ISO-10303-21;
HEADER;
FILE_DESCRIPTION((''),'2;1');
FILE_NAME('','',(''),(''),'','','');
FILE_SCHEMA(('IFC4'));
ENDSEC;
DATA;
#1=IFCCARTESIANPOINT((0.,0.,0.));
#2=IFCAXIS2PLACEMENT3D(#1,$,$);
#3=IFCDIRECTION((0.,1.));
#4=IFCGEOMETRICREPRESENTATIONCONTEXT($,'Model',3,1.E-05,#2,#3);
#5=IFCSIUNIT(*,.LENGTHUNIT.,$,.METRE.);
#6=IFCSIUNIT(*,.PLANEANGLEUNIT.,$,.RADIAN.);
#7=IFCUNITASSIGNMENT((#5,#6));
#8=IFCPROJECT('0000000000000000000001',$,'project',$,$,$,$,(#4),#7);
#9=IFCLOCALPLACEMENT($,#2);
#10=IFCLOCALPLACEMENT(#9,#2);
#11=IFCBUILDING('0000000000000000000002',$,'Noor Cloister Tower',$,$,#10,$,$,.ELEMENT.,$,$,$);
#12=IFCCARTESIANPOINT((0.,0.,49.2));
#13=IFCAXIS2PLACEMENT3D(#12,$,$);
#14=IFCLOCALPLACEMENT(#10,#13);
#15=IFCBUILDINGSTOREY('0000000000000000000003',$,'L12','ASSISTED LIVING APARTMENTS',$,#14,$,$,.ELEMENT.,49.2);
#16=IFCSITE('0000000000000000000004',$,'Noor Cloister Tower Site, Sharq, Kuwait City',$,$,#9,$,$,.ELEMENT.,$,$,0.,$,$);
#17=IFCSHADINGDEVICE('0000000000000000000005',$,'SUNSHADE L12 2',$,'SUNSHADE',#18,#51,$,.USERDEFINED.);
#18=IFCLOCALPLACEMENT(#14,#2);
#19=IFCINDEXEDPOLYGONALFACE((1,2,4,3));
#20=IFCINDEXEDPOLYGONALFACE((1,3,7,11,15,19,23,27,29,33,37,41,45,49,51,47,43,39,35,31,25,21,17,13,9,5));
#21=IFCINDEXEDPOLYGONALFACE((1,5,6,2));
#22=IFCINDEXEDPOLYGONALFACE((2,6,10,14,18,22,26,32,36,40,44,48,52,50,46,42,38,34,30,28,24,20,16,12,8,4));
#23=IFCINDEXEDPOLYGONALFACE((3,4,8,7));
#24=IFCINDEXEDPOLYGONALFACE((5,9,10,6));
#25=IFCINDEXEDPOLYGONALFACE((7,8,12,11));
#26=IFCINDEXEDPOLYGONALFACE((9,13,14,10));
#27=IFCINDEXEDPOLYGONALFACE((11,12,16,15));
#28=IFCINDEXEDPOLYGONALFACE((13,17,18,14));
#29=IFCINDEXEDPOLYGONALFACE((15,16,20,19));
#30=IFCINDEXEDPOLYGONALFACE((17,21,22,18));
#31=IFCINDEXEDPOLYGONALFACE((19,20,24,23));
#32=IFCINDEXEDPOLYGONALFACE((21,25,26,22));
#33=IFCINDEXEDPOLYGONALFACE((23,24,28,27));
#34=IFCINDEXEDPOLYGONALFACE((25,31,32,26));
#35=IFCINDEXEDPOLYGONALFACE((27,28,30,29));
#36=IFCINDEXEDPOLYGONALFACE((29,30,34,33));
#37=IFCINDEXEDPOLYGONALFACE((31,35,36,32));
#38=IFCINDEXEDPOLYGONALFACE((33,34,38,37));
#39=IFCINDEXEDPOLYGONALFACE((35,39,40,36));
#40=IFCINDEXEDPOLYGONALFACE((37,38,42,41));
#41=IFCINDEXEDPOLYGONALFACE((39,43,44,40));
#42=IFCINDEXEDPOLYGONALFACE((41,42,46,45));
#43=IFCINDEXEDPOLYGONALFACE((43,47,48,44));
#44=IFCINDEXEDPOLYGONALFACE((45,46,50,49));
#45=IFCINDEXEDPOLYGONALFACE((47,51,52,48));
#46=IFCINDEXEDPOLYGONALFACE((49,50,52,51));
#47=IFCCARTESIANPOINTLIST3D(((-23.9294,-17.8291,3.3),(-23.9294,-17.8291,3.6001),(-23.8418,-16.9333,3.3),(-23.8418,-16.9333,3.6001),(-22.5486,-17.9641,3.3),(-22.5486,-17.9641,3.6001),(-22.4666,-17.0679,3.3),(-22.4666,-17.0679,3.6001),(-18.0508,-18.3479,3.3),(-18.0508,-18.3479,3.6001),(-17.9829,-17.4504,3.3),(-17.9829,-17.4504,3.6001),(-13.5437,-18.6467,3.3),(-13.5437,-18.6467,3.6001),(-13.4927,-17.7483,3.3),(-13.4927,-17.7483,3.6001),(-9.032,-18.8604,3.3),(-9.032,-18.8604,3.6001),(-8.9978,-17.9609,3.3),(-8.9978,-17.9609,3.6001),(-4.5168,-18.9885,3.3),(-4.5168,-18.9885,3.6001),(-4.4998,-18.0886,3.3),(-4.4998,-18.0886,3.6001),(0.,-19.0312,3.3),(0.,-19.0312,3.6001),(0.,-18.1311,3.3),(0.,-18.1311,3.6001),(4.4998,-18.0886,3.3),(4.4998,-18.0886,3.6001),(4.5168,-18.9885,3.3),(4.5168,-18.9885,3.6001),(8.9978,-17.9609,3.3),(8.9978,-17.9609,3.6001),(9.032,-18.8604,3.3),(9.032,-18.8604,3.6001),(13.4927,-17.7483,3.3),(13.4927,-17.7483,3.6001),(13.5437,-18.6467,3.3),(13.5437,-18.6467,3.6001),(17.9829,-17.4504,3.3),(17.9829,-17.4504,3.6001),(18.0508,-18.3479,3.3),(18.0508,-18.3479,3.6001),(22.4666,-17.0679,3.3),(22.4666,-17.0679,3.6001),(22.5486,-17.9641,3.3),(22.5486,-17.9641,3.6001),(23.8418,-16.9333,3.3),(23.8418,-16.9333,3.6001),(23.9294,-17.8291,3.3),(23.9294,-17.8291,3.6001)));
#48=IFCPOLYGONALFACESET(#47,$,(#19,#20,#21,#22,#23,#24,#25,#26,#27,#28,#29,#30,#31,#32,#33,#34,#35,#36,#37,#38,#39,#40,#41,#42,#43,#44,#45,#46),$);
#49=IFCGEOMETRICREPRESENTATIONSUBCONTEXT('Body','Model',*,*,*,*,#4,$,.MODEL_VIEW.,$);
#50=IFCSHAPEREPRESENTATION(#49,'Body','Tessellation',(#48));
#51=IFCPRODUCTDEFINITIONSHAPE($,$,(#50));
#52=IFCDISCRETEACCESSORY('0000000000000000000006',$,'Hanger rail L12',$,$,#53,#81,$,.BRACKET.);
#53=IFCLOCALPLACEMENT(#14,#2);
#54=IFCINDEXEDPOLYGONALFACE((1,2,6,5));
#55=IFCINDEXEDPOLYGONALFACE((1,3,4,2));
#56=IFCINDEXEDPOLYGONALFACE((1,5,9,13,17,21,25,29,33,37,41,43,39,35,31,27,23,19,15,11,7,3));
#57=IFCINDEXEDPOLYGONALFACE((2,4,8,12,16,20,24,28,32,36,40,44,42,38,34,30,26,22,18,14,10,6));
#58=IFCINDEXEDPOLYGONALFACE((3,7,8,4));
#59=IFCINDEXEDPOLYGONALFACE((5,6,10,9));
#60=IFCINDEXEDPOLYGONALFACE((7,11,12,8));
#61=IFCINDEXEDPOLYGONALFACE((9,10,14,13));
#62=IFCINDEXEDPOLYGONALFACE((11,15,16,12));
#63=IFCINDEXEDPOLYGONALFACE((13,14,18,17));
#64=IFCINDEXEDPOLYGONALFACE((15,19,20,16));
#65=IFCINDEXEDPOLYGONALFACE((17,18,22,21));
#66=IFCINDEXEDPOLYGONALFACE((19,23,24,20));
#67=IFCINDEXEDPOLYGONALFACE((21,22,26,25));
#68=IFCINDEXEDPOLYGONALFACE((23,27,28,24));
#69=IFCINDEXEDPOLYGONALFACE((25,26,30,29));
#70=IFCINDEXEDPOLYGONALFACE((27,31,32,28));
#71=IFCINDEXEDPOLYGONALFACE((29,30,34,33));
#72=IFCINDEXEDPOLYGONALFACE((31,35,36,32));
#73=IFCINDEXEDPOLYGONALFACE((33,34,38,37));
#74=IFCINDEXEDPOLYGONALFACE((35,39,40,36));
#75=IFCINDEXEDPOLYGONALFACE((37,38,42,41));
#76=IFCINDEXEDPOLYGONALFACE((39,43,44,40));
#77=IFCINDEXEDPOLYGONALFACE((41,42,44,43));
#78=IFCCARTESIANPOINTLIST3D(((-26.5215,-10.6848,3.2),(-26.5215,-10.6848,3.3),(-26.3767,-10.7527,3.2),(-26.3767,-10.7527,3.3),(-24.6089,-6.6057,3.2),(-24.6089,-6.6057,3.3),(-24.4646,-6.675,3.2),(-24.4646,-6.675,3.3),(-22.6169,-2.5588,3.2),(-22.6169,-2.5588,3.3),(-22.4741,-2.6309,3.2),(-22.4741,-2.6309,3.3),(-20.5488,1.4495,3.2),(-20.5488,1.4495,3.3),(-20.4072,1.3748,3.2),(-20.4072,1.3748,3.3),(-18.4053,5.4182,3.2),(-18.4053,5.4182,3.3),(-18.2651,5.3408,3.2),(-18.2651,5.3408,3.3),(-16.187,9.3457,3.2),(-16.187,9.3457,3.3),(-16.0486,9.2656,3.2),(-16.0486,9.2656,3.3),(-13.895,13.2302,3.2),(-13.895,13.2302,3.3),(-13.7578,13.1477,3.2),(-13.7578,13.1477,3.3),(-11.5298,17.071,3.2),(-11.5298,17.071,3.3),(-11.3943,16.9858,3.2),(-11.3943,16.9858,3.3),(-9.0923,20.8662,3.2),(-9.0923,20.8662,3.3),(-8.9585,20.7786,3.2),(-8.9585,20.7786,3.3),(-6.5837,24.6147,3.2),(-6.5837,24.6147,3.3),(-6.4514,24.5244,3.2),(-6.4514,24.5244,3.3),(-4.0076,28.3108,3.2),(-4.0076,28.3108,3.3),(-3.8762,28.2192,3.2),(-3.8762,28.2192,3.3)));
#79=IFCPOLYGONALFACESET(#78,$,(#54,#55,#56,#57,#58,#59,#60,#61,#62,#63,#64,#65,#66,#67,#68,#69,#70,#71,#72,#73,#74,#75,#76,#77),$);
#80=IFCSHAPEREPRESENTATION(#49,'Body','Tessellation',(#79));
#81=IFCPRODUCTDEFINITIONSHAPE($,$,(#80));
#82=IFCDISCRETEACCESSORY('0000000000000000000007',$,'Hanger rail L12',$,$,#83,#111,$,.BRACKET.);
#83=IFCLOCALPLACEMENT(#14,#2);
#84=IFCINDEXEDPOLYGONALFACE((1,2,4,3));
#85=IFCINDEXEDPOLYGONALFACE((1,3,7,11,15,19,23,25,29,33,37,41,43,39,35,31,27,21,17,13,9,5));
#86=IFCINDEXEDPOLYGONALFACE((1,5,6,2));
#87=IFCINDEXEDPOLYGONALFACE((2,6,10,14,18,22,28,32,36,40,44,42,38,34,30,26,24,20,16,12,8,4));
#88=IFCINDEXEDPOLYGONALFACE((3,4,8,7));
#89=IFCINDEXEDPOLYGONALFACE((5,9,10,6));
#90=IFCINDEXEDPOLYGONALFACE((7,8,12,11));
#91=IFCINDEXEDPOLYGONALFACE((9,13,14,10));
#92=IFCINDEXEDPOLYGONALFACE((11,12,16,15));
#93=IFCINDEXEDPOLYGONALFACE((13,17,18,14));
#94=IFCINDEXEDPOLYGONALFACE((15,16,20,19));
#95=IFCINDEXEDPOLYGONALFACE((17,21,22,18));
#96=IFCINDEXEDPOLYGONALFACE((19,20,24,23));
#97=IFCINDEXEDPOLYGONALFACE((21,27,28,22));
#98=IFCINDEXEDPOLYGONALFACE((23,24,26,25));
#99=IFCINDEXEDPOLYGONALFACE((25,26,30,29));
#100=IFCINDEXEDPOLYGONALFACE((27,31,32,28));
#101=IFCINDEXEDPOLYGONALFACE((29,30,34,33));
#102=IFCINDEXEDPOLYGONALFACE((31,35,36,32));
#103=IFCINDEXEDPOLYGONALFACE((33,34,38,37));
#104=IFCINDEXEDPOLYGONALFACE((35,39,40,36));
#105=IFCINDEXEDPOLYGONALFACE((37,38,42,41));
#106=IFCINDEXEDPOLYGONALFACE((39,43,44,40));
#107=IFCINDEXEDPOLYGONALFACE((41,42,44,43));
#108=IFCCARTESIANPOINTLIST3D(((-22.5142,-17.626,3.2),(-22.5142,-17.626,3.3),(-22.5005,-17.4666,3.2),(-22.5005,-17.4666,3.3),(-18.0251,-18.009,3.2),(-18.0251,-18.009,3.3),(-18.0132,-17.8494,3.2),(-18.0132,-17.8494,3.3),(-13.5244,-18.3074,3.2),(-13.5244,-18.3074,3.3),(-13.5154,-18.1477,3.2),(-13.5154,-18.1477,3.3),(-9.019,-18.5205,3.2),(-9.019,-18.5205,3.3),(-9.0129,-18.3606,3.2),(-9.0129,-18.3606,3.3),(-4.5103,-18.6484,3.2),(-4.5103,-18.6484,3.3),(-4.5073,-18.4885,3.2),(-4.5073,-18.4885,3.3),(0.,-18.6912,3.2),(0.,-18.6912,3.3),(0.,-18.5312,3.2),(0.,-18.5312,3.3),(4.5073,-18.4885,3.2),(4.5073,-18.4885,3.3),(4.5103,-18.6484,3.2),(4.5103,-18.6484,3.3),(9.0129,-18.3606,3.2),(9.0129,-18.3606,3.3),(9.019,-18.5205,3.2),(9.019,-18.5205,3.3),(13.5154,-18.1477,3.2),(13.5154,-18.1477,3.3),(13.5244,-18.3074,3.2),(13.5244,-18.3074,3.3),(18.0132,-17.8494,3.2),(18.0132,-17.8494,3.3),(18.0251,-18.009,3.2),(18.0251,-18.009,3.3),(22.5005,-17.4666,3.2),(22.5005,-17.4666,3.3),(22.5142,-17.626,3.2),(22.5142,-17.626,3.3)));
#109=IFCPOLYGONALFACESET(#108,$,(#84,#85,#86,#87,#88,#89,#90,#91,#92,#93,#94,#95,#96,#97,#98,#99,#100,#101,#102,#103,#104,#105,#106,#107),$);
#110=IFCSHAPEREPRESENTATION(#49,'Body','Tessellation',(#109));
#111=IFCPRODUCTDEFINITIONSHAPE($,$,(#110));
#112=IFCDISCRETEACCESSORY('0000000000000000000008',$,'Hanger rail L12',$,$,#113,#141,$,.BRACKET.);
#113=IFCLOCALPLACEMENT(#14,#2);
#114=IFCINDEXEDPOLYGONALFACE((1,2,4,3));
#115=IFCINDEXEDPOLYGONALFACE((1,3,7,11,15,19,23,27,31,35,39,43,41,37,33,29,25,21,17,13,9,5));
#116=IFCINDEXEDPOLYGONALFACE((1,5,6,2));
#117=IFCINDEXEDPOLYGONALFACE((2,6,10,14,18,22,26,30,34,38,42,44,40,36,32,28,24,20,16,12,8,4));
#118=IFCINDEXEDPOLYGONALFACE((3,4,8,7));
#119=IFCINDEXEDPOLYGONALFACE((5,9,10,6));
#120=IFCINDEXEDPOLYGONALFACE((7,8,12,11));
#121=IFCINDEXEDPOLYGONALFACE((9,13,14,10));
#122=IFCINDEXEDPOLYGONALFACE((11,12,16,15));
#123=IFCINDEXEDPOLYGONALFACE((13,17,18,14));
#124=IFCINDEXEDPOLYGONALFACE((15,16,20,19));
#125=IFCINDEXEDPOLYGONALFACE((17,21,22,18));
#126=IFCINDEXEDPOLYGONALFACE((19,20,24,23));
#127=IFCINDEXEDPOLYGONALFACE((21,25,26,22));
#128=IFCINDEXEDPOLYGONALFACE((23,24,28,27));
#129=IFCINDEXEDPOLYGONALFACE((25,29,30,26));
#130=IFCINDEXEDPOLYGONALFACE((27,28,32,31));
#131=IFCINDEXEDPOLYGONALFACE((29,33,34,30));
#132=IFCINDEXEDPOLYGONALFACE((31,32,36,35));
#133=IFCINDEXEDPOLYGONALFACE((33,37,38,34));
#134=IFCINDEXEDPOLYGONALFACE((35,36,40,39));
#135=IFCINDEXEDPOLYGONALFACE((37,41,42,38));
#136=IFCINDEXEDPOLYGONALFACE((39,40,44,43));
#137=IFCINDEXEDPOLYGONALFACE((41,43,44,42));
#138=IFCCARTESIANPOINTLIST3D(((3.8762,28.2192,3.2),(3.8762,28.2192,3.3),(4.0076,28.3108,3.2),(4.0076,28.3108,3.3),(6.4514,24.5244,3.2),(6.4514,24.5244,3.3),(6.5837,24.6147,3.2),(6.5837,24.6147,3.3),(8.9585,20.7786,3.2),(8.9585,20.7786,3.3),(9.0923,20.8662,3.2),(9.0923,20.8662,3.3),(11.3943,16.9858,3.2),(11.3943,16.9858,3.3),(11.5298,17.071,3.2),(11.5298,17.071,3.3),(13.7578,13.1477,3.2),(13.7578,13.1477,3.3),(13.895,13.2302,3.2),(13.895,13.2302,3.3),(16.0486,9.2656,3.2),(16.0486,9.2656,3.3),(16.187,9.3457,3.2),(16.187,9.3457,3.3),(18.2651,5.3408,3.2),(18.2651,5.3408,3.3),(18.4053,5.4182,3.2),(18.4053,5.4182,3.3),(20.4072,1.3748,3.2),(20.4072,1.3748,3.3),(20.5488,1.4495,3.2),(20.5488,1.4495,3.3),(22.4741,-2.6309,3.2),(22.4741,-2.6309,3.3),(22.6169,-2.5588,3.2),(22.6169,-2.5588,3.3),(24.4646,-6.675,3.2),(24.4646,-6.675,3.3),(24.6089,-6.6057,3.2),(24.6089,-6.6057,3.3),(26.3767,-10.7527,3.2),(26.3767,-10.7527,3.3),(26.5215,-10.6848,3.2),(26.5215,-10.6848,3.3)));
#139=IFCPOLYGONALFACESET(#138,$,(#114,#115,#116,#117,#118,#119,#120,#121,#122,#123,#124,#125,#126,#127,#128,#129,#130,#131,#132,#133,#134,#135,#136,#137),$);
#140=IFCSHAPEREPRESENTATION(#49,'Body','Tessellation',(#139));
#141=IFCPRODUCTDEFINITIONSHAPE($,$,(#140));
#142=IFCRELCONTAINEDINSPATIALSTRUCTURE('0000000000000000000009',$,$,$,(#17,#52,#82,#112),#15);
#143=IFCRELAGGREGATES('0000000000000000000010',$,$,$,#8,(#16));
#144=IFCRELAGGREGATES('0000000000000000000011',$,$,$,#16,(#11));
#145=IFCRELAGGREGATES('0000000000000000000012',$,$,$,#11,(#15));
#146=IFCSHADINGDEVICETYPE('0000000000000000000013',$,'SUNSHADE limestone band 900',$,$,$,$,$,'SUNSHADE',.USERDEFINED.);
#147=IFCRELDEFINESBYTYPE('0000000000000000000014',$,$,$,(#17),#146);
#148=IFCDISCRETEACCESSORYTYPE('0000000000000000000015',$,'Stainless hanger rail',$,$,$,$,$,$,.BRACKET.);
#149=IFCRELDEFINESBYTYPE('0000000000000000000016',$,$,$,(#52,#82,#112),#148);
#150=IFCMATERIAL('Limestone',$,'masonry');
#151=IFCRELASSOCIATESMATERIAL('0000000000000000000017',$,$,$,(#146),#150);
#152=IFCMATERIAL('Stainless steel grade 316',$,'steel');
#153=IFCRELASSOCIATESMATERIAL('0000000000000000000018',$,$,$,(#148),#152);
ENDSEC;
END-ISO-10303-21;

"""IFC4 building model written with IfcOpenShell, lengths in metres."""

from ifc_helpers import new_model, si_unit, direction, frame, origin, place, context, subcontext, project, spatial, polyline, outline, extrude, material, type_object, element, save


model = new_model("IFC4")

# Units and contexts
model_context = context("Model", 3, precision=1e-05, world=origin(), true_north=direction((0.0, 1.0)))
body_context = subcontext(model_context, "Body", "Model", "MODEL_VIEW")
ifc_project = project(units=[si_unit("LENGTHUNIT", "METRE"), si_unit("PLANEANGLEUNIT", "RADIAN")], contexts=[model_context])

# Site, building, storey
site_placement = place(None, origin())
site = spatial("IfcSite", under=ifc_project, at=site_placement, Name="Noor Cloister Tower Site, Sharq, Kuwait City", CompositionType="ELEMENT", RefElevation=0.0)
building_placement = place(site_placement, origin())
building = spatial("IfcBuilding", under=site, at=building_placement, Name="Noor Cloister Tower", CompositionType="ELEMENT")
storey_placement = place(building_placement, frame((0.0, 0.0, 49.2)))
storey = spatial("IfcBuildingStorey", under=building, at=storey_placement, Name="L12", Description="ASSISTED LIVING APARTMENTS", CompositionType="ELEMENT", Elevation=49.2)

# Shading device
ifc_material_1 = material(Name="Limestone", Category="masonry")
shading_device_type = type_object("IfcShadingDeviceType", Name="SUNSHADE limestone band 900", ElementType="SUNSHADE", PredefinedType="USERDEFINED", material=ifc_material_1)
shading_device_1_placement = place(storey_placement, frame((0.0, 0.0, 3.3)))
element("IfcShadingDevice", 1, at=shading_device_1_placement, inside=storey, type_object=shading_device_type, Name="SUNSHADE L12 2", ObjectType="SUNSHADE", PredefinedType="USERDEFINED", context=body_context, shape_type="SweptSolid", body=[
    extrude(outline(polyline([(-23.9294, -17.8291), (-22.5486, -17.9641), (-18.0508, -18.3479), (-13.5437, -18.6467), (-9.032, -18.8604), (-4.5168, -18.9885), (0.0, -19.0312), (4.5168, -18.9885), (9.032, -18.8604), (13.5437, -18.6467), (18.0508, -18.3479), (22.5486, -17.9641), (23.9294, -17.8291), (23.8418, -16.9333), (22.4666, -17.0679), (17.9829, -17.4504), (13.4927, -17.7483), (8.9978, -17.9609), (4.4998, -18.0886), (0.0, -18.1311), (-4.4998, -18.0886), (-8.9978, -17.9609), (-13.4927, -17.7483), (-17.9829, -17.4504), (-22.4666, -17.0679), (-23.8418, -16.9333), (-23.9294, -17.8291)])), origin(), (0.0, 0.0, 1.0), 0.3),
])

# Discrete accessories
ifc_material_2 = material(Name="Stainless steel grade 316", Category="steel")
discrete_accessory_type = type_object("IfcDiscreteAccessoryType", Name="Stainless hanger rail", PredefinedType="BRACKET", material=ifc_material_2)
discrete_accessory_1_placement = place(storey_placement, frame((0.0, 0.0, 3.2)))
element("IfcDiscreteAccessory", 2, at=discrete_accessory_1_placement, inside=storey, type_object=discrete_accessory_type, Name="Hanger rail L12", PredefinedType="BRACKET", context=body_context, shape_type="SweptSolid", body=[
    extrude(outline(polyline([(-4.0076, 28.3108), (-6.5837, 24.6147), (-9.0923, 20.8662), (-11.5298, 17.071), (-13.895, 13.2302), (-16.187, 9.3457), (-18.4053, 5.4182), (-20.5488, 1.4495), (-22.6169, -2.5588), (-24.6089, -6.6057), (-26.5215, -10.6848), (-26.3767, -10.7527), (-24.4646, -6.675), (-22.4741, -2.6309), (-20.4072, 1.3748), (-18.2651, 5.3408), (-16.0486, 9.2656), (-13.7578, 13.1477), (-11.3943, 16.9858), (-8.9585, 20.7786), (-6.4514, 24.5244), (-3.8762, 28.2192), (-4.0076, 28.3108)])), origin(), (0.0, 0.0, 1.0), 0.1001),
])
discrete_accessory_2_placement = place(storey_placement, frame((0.0, 0.0, 3.2)))
element("IfcDiscreteAccessory", 3, at=discrete_accessory_2_placement, inside=storey, type_object=discrete_accessory_type, Name="Hanger rail L12", PredefinedType="BRACKET", context=body_context, shape_type="SweptSolid", body=[
    extrude(outline(polyline([(-22.5142, -17.626), (-18.0251, -18.009), (-13.5244, -18.3074), (-9.019, -18.5205), (-4.5103, -18.6484), (0.0, -18.6912), (4.5103, -18.6484), (9.019, -18.5205), (13.5244, -18.3074), (18.0251, -18.009), (22.5142, -17.626), (22.5005, -17.4666), (18.0132, -17.8494), (13.5154, -18.1477), (9.0129, -18.3606), (4.5073, -18.4885), (0.0, -18.5312), (-4.5073, -18.4885), (-9.0129, -18.3606), (-13.5154, -18.1477), (-18.0132, -17.8494), (-22.5005, -17.4666), (-22.5142, -17.626)])), origin(), (0.0, 0.0, 1.0), 0.1001),
])
discrete_accessory_3_placement = place(storey_placement, frame((0.0, 0.0, 3.2)))
element("IfcDiscreteAccessory", 4, at=discrete_accessory_3_placement, inside=storey, type_object=discrete_accessory_type, Name="Hanger rail L12", PredefinedType="BRACKET", context=body_context, shape_type="SweptSolid", body=[
    extrude(outline(polyline([(26.5215, -10.6848), (24.6089, -6.6057), (22.6169, -2.5588), (20.5488, 1.4495), (18.4053, 5.4182), (16.187, 9.3457), (13.895, 13.2302), (11.5298, 17.071), (9.0923, 20.8662), (6.5837, 24.6147), (4.0076, 28.3108), (3.8762, 28.2192), (6.4514, 24.5244), (8.9585, 20.7786), (11.3943, 16.9858), (13.7578, 13.1477), (16.0486, 9.2656), (18.2651, 5.3408), (20.4072, 1.3748), (22.4741, -2.6309), (24.4646, -6.675), (26.3767, -10.7527), (26.5215, -10.6848)])), origin(), (0.0, 0.0, 1.0), 0.1001),
])

save(model, "model.ifc")
